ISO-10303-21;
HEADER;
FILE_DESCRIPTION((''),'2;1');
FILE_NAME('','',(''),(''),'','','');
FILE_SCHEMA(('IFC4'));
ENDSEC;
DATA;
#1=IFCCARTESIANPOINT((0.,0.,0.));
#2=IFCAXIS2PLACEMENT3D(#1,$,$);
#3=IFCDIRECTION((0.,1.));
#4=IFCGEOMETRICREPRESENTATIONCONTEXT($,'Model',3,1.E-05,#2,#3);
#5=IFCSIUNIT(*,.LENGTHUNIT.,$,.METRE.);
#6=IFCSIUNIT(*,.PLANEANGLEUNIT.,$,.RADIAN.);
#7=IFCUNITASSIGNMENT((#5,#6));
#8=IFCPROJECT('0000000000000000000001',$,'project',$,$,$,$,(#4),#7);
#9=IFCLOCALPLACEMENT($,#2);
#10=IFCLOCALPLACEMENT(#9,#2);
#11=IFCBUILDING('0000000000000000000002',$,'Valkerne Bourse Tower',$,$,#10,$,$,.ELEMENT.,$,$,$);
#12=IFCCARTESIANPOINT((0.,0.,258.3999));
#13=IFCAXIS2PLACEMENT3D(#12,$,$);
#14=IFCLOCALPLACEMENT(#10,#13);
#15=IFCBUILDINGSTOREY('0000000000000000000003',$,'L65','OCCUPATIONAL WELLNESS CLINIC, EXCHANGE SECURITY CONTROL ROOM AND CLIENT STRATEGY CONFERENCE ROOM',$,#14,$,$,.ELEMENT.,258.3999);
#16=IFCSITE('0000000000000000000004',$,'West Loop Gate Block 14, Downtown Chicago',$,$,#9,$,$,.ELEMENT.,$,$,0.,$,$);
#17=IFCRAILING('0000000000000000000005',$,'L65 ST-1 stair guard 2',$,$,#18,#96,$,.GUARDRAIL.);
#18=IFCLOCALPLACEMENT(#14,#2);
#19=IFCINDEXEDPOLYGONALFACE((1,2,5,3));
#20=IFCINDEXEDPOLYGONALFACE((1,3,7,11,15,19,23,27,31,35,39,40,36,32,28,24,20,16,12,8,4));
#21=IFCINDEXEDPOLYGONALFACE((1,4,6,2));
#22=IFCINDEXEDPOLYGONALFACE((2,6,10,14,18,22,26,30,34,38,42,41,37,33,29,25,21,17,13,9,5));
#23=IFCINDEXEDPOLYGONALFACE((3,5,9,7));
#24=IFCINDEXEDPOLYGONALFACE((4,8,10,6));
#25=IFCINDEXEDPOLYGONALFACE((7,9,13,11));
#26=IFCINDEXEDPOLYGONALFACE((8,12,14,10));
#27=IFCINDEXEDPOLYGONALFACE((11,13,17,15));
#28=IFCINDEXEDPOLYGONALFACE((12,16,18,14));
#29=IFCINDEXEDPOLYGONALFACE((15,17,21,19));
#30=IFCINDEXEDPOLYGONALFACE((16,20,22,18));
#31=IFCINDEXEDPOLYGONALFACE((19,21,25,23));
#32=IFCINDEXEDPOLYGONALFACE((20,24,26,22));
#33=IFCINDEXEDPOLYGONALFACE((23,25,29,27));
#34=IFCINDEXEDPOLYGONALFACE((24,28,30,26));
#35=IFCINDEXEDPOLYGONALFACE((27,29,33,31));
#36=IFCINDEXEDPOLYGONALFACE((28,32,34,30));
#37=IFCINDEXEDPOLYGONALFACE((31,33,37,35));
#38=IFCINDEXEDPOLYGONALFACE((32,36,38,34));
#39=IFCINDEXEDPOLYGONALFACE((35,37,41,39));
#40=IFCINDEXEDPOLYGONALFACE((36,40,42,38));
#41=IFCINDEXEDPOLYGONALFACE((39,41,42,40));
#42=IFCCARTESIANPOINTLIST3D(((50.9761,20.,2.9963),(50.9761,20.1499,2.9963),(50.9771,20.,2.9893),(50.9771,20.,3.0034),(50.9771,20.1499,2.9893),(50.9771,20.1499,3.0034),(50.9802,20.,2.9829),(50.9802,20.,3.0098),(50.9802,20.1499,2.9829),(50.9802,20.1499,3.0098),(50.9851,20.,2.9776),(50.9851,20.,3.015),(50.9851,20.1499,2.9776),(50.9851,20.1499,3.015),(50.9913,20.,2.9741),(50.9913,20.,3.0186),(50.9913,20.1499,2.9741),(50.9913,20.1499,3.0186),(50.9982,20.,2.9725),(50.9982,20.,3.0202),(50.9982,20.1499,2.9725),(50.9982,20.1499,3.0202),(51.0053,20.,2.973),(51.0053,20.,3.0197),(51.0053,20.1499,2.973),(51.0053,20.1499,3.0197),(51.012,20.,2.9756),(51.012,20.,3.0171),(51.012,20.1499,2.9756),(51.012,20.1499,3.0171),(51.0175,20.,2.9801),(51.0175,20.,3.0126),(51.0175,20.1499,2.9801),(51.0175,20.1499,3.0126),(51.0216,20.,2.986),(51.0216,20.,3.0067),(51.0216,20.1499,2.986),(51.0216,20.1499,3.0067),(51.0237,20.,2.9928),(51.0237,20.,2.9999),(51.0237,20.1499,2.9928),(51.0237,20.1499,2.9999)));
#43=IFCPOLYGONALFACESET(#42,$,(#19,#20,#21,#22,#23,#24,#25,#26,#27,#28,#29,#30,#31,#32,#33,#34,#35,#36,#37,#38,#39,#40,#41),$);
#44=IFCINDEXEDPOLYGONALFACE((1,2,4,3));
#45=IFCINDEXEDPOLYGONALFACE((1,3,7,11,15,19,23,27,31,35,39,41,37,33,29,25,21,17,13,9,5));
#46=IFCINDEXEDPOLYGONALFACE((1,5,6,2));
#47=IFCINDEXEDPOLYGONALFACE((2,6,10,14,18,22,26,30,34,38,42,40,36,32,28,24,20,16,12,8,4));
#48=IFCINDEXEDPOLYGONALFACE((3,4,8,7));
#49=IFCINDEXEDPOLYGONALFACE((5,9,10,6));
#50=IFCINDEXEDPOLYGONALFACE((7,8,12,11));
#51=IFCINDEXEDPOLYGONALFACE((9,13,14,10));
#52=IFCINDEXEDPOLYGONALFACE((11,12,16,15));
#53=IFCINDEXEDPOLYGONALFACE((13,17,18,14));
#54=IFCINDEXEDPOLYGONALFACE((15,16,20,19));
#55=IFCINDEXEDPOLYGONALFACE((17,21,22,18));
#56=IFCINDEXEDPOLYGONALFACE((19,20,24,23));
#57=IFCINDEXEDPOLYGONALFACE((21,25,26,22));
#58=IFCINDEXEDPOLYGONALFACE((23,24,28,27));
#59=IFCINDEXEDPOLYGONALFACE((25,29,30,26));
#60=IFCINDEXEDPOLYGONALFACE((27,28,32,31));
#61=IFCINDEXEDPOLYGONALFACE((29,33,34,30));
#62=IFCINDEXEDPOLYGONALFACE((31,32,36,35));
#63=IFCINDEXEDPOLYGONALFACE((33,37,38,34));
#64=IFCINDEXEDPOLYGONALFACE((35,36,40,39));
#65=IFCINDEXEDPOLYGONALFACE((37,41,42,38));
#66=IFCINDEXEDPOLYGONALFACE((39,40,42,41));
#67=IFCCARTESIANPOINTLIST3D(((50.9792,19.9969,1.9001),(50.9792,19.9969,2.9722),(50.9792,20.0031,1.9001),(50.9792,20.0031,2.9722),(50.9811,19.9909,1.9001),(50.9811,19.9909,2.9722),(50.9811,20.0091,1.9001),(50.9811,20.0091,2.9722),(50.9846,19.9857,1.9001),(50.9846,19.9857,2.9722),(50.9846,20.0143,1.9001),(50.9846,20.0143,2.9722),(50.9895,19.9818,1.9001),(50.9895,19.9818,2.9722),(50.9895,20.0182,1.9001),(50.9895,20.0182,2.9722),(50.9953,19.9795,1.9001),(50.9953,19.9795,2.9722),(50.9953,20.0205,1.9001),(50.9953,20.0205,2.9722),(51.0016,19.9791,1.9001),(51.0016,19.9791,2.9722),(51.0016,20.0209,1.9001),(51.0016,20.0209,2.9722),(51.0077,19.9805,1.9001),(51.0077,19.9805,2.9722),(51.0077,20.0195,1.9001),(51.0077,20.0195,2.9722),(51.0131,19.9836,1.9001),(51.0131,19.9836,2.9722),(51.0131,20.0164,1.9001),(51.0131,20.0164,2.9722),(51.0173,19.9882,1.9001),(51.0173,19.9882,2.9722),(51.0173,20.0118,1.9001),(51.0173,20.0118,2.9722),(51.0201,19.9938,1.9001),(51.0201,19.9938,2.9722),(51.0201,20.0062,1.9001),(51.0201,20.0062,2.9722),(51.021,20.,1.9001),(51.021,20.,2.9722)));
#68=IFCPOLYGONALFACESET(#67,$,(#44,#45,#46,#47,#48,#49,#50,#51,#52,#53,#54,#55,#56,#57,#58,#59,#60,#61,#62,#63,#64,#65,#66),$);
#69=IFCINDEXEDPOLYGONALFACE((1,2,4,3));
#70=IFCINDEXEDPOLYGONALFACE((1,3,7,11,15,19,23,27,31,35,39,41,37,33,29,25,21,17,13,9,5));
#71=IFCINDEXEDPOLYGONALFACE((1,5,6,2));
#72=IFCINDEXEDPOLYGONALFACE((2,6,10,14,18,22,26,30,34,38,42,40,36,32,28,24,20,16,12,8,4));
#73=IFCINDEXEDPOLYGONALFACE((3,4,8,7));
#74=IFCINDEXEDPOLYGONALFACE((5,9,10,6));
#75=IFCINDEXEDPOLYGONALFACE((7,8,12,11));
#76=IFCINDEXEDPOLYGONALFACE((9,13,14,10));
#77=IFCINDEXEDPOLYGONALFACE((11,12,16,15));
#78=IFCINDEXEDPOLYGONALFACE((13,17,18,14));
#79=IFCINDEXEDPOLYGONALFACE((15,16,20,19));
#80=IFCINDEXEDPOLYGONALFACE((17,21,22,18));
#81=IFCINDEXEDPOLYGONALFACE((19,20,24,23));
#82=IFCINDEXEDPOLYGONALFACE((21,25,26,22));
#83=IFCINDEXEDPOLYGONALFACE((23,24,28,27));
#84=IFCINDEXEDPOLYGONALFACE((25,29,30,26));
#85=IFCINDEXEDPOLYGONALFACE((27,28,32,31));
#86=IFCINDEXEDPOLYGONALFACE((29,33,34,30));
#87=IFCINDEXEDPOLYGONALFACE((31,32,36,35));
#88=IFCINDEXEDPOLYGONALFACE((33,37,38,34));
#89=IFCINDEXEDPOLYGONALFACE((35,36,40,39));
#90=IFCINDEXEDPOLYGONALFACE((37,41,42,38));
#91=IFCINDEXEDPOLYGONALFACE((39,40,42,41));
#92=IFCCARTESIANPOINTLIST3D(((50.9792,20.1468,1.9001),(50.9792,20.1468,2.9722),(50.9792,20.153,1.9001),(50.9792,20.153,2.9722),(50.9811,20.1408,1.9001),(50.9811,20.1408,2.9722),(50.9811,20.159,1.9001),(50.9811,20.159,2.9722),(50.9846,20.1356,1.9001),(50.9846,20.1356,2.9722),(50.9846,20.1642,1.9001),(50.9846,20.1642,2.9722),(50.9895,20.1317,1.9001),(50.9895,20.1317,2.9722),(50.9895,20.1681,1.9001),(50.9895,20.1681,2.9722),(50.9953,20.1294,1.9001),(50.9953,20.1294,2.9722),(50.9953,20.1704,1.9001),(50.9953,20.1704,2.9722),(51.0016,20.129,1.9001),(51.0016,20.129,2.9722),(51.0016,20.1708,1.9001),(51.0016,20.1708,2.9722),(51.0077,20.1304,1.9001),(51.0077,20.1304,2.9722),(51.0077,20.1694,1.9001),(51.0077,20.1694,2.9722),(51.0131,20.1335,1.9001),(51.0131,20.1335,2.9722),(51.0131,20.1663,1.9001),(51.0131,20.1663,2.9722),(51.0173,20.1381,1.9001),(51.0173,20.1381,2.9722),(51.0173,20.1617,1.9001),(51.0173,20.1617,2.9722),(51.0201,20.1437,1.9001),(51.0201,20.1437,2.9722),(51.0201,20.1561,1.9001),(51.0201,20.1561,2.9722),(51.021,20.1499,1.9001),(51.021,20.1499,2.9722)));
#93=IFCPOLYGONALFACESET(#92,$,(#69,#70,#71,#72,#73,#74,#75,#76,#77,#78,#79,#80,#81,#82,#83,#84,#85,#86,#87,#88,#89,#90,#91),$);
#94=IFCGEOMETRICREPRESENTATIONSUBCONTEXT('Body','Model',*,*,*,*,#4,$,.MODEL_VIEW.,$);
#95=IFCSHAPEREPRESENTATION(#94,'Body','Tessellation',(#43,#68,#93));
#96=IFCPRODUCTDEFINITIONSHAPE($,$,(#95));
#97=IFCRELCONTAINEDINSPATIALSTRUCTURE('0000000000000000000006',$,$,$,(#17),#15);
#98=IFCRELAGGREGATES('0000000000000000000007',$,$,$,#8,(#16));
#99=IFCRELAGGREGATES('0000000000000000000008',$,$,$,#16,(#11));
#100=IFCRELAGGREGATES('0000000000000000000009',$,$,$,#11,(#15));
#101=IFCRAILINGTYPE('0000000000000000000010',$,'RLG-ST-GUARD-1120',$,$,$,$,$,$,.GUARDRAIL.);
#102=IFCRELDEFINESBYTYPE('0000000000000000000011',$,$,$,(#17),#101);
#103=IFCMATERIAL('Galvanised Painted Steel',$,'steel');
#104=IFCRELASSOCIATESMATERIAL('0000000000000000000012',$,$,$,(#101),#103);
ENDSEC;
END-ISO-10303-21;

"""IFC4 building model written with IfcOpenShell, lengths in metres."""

from ifc_helpers import new_model, si_unit, direction, frame, origin, origin_2d, place, context, subcontext, project, spatial, circle, extrude, material, type_object, element, save


model = new_model("IFC4")

# Units and contexts
model_context = context("Model", 3, precision=1e-05, world=origin(), true_north=direction((0.0, 1.0)))
body_context = subcontext(model_context, "Body", "Model", "MODEL_VIEW")
ifc_project = project(units=[si_unit("LENGTHUNIT", "METRE"), si_unit("PLANEANGLEUNIT", "RADIAN")], contexts=[model_context])

# Site, building, storey
site_placement = place(None, origin())
site = spatial("IfcSite", under=ifc_project, at=site_placement, Name="West Loop Gate Block 14, Downtown Chicago", CompositionType="ELEMENT", RefElevation=0.0)
building_placement = place(site_placement, origin())
building = spatial("IfcBuilding", under=site, at=building_placement, Name="Valkerne Bourse Tower", CompositionType="ELEMENT")
storey_placement = place(building_placement, frame((0.0, 0.0, 258.3999)))
storey = spatial("IfcBuildingStorey", under=building, at=storey_placement, Name="L65", Description="OCCUPATIONAL WELLNESS CLINIC, EXCHANGE SECURITY CONTROL ROOM AND CLIENT STRATEGY CONFERENCE ROOM", CompositionType="ELEMENT", Elevation=258.3999)

# Shared definitions
ifc_material_1 = material(Name="Galvanised Painted Steel", Category="steel")

# Railing
railing_type_1 = type_object("IfcRailingType", Name="RLG-ST-GUARD-1120", PredefinedType="GUARDRAIL", material=ifc_material_1)
railing_1_placement = place(storey_placement, frame((51.0, 20.0, 1.9001)))
element("IfcRailing", 1, at=railing_1_placement, inside=storey, type_object=railing_type_1, Name="L65 ST-1 stair guard 2", PredefinedType="GUARDRAIL", context=body_context, shape_type="SweptSolid", body=[
    extrude(circle(Radius=0.0239, at=origin_2d()), frame((0.0, 0.0, 1.0962), z_axis=(0.0, 1.0, 0.0), x_axis=(-1.0, 0.0, 0.0)), (0.0, 0.0, 1.0), 0.1499),
    extrude(circle(Radius=0.021, at=origin_2d()), origin(), (0.0, 0.0, 1.0), 1.072),
    extrude(circle(Radius=0.021, at=origin_2d()), frame((0.0, 0.1499, 0.0)), (0.0, 0.0, 1.0), 1.072),
])

save(model, "model.ifc")
